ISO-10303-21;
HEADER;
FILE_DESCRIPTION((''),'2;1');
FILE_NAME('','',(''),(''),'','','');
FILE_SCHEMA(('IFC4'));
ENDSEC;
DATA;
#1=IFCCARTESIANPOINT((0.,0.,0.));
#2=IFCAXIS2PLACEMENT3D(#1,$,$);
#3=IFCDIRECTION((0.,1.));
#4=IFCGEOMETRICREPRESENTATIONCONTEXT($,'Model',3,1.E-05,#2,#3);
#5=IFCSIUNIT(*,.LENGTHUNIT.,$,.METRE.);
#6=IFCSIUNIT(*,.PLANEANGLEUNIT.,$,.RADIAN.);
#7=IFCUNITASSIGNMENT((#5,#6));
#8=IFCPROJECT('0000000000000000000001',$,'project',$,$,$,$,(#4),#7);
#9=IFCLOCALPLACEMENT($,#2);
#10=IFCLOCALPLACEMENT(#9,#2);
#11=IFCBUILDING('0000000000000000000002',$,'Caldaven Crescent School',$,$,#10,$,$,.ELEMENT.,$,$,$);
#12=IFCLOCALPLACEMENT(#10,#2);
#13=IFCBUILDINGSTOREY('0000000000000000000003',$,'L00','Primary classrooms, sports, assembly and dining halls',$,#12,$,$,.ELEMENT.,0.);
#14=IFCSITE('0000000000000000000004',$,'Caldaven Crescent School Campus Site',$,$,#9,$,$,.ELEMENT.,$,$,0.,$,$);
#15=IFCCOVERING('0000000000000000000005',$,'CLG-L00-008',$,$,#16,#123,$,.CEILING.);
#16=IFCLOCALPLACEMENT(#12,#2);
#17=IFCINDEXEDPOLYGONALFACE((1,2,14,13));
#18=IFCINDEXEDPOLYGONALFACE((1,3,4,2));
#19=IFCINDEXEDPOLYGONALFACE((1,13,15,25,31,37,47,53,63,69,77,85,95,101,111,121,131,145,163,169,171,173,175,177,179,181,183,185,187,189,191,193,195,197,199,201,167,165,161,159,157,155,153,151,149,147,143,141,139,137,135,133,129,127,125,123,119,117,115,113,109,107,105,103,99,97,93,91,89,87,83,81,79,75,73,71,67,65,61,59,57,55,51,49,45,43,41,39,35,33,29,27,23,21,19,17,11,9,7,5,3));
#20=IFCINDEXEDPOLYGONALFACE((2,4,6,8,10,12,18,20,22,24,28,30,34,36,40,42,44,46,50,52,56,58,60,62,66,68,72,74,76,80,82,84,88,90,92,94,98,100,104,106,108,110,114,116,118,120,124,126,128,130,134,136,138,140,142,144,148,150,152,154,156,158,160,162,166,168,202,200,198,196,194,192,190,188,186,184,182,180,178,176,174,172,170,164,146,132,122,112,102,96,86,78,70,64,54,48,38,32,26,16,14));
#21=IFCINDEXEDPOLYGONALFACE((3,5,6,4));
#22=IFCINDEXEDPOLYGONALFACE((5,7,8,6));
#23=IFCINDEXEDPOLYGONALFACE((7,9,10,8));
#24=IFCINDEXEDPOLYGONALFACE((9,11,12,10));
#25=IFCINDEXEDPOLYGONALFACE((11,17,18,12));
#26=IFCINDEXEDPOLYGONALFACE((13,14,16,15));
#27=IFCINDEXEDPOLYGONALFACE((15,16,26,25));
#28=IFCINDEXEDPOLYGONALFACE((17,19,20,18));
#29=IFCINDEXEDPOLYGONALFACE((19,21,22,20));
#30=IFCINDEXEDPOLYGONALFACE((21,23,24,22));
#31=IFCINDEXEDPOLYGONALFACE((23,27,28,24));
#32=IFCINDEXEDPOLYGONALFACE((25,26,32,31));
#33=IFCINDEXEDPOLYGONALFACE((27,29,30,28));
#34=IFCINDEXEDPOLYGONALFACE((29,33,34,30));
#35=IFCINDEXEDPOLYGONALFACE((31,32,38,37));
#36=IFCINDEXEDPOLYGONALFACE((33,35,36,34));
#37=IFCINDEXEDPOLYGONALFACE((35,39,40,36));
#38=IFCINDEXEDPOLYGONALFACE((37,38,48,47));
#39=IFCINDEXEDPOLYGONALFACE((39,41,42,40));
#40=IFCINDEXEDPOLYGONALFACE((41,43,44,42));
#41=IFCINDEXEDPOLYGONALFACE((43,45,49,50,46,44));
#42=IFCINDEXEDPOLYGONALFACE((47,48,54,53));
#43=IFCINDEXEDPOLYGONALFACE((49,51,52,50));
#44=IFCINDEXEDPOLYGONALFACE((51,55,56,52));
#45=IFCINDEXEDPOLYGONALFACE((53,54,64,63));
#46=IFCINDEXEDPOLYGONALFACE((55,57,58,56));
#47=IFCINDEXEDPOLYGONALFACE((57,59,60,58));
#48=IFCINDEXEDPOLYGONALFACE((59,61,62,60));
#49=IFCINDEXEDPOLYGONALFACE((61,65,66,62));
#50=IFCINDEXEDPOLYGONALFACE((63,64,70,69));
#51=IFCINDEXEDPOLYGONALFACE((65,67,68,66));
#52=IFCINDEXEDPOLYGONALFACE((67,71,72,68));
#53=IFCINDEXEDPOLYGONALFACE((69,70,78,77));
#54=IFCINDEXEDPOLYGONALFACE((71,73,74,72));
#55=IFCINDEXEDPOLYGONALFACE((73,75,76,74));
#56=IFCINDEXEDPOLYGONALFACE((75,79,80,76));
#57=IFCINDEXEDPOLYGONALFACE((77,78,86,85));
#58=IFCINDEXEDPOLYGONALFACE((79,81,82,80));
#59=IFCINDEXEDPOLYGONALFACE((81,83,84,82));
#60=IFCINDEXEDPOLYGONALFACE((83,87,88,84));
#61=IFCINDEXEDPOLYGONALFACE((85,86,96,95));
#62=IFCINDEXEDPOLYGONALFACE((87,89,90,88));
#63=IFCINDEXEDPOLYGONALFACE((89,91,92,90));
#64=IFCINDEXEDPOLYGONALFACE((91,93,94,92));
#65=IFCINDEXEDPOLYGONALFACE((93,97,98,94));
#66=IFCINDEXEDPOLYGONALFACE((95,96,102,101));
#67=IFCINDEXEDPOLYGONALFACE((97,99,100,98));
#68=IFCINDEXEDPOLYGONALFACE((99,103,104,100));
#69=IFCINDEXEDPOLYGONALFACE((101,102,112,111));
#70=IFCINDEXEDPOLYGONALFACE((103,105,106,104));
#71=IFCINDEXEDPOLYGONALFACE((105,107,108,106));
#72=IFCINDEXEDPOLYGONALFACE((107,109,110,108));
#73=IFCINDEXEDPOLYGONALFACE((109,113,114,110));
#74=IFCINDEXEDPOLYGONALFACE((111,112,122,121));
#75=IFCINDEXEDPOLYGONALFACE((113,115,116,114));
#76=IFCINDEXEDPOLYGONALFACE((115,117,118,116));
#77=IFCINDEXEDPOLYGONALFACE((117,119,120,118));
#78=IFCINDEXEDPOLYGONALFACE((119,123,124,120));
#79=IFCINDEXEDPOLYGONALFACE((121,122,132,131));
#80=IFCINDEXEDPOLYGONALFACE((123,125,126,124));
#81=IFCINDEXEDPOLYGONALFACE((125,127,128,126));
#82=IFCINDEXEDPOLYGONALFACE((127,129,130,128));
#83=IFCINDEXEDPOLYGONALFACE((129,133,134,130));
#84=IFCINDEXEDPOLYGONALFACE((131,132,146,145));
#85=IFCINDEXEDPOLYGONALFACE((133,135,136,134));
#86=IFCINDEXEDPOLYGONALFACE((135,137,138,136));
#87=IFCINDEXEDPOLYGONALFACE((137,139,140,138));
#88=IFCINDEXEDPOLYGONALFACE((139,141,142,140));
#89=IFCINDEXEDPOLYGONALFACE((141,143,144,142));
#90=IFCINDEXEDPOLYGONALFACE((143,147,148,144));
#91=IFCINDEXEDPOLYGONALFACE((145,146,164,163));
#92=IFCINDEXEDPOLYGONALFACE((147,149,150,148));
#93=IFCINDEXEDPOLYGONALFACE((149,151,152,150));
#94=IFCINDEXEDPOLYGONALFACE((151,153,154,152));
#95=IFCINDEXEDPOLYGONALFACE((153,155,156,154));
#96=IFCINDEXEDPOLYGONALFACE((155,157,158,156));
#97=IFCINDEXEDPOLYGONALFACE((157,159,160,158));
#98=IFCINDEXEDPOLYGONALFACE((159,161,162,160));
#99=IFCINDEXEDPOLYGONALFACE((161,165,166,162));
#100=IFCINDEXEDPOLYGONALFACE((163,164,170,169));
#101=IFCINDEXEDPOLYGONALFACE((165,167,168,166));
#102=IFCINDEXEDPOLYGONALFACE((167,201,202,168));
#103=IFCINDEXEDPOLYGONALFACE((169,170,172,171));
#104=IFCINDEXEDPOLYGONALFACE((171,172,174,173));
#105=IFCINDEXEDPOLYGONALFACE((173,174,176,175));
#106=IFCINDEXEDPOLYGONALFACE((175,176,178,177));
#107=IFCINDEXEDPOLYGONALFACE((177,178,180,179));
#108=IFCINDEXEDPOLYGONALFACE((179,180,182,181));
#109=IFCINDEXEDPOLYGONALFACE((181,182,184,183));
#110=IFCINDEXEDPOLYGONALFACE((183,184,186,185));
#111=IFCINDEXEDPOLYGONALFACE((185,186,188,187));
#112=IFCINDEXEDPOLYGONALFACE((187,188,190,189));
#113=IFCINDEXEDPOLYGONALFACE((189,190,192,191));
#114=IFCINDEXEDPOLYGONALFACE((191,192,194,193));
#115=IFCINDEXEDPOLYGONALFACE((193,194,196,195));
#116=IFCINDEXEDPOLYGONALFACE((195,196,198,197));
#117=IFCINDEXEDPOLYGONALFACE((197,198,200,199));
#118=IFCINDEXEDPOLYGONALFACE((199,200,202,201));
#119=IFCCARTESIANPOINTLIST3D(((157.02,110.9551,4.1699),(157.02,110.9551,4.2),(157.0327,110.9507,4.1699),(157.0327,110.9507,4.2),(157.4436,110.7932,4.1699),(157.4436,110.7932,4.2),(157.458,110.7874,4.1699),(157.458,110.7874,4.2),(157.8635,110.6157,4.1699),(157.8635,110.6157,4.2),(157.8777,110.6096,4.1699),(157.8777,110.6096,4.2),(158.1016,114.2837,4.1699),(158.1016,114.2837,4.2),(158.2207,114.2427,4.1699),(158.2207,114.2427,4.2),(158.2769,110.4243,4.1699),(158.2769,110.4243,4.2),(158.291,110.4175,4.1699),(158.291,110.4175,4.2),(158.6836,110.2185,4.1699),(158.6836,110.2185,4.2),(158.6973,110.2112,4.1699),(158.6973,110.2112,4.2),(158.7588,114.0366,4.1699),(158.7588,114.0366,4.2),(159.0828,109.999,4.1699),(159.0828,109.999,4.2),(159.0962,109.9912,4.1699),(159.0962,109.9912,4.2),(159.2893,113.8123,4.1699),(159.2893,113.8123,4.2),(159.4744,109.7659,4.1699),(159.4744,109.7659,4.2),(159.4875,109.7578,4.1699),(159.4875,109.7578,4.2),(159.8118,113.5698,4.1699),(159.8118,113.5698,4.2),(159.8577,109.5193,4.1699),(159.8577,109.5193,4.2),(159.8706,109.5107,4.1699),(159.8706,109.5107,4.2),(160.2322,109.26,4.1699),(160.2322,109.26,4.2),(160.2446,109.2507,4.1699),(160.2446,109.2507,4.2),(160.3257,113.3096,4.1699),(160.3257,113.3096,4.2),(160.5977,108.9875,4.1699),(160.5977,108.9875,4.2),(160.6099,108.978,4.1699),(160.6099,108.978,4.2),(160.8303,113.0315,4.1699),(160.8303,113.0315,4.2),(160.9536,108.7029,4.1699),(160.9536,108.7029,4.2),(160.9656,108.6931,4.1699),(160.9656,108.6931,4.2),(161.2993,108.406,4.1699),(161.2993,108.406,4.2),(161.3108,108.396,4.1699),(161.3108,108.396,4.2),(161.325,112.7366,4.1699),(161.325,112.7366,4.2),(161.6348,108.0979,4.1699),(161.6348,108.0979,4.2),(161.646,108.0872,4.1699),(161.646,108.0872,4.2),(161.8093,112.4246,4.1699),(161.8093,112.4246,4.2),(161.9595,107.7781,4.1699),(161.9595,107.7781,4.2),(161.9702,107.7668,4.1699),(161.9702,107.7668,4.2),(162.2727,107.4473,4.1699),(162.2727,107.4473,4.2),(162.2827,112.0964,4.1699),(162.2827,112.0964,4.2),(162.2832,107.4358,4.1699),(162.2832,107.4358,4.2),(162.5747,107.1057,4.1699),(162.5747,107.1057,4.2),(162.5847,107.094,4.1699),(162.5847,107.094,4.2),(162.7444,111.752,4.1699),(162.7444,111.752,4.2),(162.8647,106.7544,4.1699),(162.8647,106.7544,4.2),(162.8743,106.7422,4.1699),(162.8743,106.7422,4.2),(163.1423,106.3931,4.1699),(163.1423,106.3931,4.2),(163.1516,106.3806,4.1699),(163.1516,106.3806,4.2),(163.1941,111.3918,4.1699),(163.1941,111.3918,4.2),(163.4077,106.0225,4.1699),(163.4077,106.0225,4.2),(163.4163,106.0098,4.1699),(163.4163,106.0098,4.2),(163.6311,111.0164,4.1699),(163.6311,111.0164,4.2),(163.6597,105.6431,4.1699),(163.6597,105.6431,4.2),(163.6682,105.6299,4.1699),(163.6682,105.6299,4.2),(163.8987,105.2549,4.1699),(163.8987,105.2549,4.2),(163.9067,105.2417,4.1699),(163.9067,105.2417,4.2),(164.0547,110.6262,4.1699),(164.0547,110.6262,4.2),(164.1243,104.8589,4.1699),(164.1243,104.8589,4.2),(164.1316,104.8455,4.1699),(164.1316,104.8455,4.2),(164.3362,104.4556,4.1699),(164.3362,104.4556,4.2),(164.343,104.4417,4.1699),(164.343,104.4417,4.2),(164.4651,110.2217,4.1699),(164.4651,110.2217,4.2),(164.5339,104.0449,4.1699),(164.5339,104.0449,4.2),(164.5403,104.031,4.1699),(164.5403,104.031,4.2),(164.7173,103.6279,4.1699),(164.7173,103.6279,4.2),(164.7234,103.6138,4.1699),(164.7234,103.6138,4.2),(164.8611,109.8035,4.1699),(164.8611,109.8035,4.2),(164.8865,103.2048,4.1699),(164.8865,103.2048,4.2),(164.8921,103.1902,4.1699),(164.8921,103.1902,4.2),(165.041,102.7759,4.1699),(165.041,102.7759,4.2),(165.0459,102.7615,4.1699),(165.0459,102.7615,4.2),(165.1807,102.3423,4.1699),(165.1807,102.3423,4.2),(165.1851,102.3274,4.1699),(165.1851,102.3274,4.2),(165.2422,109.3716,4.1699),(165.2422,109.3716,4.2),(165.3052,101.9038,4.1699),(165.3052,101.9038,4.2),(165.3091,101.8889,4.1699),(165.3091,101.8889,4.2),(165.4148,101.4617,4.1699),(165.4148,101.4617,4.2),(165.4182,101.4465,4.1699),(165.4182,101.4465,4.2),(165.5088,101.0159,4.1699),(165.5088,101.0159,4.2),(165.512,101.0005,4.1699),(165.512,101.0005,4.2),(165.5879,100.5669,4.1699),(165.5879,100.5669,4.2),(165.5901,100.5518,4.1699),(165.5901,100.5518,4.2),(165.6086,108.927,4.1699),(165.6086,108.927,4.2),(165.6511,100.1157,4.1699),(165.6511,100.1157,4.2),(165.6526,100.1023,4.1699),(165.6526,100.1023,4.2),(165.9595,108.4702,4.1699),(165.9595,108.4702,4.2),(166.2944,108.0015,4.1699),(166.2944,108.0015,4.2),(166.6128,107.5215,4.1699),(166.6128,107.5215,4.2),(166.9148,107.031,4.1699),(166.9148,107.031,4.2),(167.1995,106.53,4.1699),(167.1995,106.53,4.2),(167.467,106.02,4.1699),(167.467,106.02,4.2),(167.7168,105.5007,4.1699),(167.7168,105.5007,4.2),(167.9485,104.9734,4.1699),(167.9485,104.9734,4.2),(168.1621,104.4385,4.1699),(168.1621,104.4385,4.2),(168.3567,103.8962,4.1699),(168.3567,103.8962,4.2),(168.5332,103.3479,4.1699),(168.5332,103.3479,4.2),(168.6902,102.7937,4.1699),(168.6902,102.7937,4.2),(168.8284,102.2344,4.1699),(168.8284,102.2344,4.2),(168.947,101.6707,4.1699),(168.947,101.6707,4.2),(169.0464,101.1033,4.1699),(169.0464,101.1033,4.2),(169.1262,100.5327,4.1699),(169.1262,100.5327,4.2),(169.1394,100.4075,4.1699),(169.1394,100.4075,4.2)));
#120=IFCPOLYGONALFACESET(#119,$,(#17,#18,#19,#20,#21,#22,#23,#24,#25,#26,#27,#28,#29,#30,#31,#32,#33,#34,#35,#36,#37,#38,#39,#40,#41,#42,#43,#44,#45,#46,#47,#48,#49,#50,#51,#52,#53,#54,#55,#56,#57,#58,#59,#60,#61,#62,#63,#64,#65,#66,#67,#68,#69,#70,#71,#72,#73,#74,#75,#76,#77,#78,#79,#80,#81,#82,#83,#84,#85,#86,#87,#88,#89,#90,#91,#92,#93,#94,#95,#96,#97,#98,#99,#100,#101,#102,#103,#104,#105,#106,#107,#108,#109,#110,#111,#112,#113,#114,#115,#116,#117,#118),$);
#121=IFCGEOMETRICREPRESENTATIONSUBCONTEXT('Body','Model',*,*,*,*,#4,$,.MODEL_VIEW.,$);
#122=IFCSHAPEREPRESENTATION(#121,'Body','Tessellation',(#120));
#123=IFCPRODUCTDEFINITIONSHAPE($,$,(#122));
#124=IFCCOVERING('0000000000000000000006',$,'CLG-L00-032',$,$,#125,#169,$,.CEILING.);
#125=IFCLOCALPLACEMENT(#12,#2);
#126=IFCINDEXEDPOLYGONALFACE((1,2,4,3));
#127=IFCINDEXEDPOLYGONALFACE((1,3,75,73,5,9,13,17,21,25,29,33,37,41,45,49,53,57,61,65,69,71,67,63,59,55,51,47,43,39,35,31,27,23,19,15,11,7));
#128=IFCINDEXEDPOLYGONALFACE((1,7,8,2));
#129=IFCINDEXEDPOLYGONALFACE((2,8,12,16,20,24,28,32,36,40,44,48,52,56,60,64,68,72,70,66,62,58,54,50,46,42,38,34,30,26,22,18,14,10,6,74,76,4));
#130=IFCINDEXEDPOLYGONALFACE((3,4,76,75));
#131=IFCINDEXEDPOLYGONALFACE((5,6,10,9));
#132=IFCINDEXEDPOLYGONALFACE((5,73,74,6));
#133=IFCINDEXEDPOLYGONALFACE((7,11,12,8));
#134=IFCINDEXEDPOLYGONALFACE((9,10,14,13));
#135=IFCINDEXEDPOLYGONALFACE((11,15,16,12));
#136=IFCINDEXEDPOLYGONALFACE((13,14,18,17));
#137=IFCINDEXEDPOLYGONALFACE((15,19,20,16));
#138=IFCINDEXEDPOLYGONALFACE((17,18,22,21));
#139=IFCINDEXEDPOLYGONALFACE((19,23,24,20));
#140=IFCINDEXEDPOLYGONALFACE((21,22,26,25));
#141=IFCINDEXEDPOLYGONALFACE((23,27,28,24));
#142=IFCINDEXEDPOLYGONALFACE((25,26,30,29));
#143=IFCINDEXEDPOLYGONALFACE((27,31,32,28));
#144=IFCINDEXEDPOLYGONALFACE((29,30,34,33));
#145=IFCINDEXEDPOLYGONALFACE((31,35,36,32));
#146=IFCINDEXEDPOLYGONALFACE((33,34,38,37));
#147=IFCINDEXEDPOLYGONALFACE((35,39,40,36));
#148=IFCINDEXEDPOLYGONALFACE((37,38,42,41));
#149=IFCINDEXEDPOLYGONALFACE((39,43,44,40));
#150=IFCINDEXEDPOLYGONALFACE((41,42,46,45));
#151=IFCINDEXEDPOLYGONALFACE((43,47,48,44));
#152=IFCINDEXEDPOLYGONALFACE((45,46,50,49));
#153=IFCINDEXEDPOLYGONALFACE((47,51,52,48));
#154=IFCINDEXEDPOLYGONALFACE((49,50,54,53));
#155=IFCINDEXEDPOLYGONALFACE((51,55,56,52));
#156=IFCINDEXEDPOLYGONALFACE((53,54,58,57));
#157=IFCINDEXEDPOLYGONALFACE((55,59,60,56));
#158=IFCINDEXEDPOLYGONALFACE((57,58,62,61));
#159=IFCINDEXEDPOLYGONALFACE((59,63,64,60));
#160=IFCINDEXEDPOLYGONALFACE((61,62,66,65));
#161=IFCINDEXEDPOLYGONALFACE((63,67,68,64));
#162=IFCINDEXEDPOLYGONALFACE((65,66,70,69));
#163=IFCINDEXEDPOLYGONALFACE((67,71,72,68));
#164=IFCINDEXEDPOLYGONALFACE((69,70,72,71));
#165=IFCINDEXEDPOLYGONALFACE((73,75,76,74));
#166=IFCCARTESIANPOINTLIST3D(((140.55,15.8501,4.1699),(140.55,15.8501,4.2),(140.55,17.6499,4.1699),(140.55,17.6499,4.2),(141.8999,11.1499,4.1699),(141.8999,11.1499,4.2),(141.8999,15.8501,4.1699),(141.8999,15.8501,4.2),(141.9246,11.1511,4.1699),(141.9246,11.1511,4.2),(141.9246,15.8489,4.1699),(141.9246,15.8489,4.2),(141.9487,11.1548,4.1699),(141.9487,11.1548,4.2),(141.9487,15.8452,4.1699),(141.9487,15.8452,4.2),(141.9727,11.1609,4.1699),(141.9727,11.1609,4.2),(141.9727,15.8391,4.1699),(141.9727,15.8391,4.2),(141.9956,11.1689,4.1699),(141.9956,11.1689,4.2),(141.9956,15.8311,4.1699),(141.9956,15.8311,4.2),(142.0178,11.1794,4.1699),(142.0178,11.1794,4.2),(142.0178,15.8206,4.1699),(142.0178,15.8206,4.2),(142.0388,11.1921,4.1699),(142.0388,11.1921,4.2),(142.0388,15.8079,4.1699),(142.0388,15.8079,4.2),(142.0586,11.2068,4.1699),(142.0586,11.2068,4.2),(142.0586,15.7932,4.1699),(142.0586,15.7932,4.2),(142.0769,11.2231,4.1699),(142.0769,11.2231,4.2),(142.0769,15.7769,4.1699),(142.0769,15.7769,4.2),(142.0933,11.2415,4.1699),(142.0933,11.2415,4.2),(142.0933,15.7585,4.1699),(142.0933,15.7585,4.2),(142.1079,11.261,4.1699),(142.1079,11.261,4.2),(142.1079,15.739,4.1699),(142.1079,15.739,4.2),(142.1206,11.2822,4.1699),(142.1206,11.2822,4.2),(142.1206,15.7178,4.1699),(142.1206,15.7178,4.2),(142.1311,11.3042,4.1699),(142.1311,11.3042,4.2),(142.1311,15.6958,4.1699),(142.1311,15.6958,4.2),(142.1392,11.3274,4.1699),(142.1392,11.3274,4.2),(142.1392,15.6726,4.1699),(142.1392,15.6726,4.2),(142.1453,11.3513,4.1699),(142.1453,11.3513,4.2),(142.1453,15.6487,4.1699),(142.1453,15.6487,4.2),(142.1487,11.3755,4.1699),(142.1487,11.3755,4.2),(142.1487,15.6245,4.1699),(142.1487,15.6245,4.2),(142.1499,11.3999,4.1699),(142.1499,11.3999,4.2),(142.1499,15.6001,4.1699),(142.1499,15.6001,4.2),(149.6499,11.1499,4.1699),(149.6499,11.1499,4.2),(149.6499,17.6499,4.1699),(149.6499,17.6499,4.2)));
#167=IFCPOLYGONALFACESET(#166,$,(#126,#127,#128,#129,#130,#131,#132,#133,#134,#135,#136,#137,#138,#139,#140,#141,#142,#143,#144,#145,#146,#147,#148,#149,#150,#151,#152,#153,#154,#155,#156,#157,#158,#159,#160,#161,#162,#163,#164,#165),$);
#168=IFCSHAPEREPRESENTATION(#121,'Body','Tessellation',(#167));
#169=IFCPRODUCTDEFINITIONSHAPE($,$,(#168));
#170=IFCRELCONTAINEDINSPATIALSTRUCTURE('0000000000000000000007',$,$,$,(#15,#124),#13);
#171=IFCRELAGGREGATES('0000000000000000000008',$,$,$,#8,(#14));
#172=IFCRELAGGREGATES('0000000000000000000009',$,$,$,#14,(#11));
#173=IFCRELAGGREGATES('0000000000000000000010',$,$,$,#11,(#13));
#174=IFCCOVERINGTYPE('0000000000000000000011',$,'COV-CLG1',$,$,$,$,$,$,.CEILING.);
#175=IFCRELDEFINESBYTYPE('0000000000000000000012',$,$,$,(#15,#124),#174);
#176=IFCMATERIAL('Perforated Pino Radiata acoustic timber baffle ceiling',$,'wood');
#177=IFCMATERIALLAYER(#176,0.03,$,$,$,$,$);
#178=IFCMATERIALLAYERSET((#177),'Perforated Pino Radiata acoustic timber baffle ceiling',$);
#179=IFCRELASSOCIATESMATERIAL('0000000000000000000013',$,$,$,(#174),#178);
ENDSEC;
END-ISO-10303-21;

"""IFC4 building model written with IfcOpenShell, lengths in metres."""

from ifc_helpers import new_model, si_unit, direction, frame, origin, place, context, subcontext, project, spatial, polyline, outline, extrude, material, layer, layer_set, type_object, element, save


model = new_model("IFC4")

# Units and contexts
model_context = context("Model", 3, precision=1e-05, world=origin(), true_north=direction((0.0, 1.0)))
body_context = subcontext(model_context, "Body", "Model", "MODEL_VIEW")
ifc_project = project(units=[si_unit("LENGTHUNIT", "METRE"), si_unit("PLANEANGLEUNIT", "RADIAN")], contexts=[model_context])

# Site, building, storey
site_placement = place(None, origin())
site = spatial("IfcSite", under=ifc_project, at=site_placement, Name="Caldaven Crescent School Campus Site", CompositionType="ELEMENT", RefElevation=0.0)
building_placement = place(site_placement, origin())
building = spatial("IfcBuilding", under=site, at=building_placement, Name="Caldaven Crescent School", CompositionType="ELEMENT")
storey_placement = place(building_placement, origin())
storey = spatial("IfcBuildingStorey", under=building, at=storey_placement, Name="L00", Description="Primary classrooms, sports, assembly and dining halls", CompositionType="ELEMENT", Elevation=0.0)

# Coverings
ifc_material_1 = material(Name="Perforated Pino Radiata acoustic timber baffle ceiling", Category="wood")
ifc_layer_1 = layer(ifc_material_1, 0.03)
ifc_layer_set_1 = layer_set([ifc_layer_1], Name="Perforated Pino Radiata acoustic timber baffle ceiling")
covering_type_1 = type_object("IfcCoveringType", Name="COV-CLG1", PredefinedType="CEILING", material=ifc_layer_set_1)
covering_1_placement = place(storey_placement, frame((0.0, 0.0, 4.1699)))
element("IfcCovering", 1, at=covering_1_placement, inside=storey, type_object=covering_type_1, Name="CLG-L00-008", PredefinedType="CEILING", context=body_context, shape_type="SweptSolid", body=[
    extrude(outline(polyline([(158.1016, 114.2837), (158.2207, 114.2427), (158.7588, 114.0366), (159.2893, 113.8123), (159.8118, 113.5698), (160.3257, 113.3096), (160.8303, 113.0315), (161.325, 112.7366), (161.8093, 112.4246), (162.2827, 112.0964), (162.7444, 111.752), (163.1941, 111.3918), (163.6311, 111.0164), (164.0547, 110.6262), (164.4651, 110.2217), (164.8611, 109.8035), (165.2422, 109.3716), (165.6086, 108.927), (165.9595, 108.4702), (166.2944, 108.0015), (166.6128, 107.5215), (166.9148, 107.031), (167.1995, 106.53), (167.467, 106.02), (167.7168, 105.5007), (167.9485, 104.9734), (168.1621, 104.4385), (168.3567, 103.8962), (168.5332, 103.3479), (168.6902, 102.7937), (168.8284, 102.2344), (168.947, 101.6707), (169.0464, 101.1033), (169.1262, 100.5327), (169.1394, 100.4075), (165.6526, 100.1023), (165.6511, 100.1157), (165.5901, 100.5518), (165.5879, 100.5669), (165.512, 101.0005), (165.5088, 101.0159), (165.4182, 101.4465), (165.4148, 101.4617), (165.3091, 101.8889), (165.3052, 101.9038), (165.1851, 102.3274), (165.1807, 102.3423), (165.0459, 102.7615), (165.041, 102.7759), (164.8921, 103.1902), (164.8865, 103.2048), (164.7234, 103.6138), (164.7173, 103.6279), (164.5403, 104.031), (164.5339, 104.0449), (164.343, 104.4417), (164.3362, 104.4556), (164.1316, 104.8455), (164.1243, 104.8589), (163.9067, 105.2417), (163.8987, 105.2549), (163.6682, 105.6299), (163.6597, 105.6431), (163.4163, 106.0098), (163.4077, 106.0225), (163.1516, 106.3806), (163.1423, 106.3931), (162.8743, 106.7422), (162.8647, 106.7544), (162.5847, 107.094), (162.5747, 107.1057), (162.2832, 107.4358), (162.2727, 107.4473), (161.9702, 107.7668), (161.9595, 107.7781), (161.646, 108.0872), (161.6348, 108.0979), (161.3108, 108.396), (161.2993, 108.406), (160.9656, 108.6931), (160.9536, 108.7029), (160.6099, 108.978), (160.5977, 108.9875), (160.2446, 109.2507), (160.2322, 109.26), (159.8706, 109.5107), (159.8577, 109.5193), (159.4875, 109.7578), (159.4744, 109.7659), (159.0962, 109.9912), (159.0828, 109.999), (158.6973, 110.2112), (158.6836, 110.2185), (158.291, 110.4175), (158.2769, 110.4243), (157.8777, 110.6096), (157.8635, 110.6157), (157.458, 110.7874), (157.4436, 110.7932), (157.0327, 110.9507), (157.02, 110.9551), (158.1016, 114.2837)])), origin(), (0.0, 0.0, 1.0), 0.03),
])
covering_2_placement = place(storey_placement, frame((0.0, 0.0, 4.1699)))
element("IfcCovering", 2, at=covering_2_placement, inside=storey, type_object=covering_type_1, Name="CLG-L00-032", PredefinedType="CEILING", context=body_context, shape_type="SweptSolid", body=[
    extrude(outline(polyline([(149.6499, 17.6499), (149.6499, 11.1499), (140.55, 11.1499), (140.55, 11.1499), (141.8999, 11.1499), (141.9246, 11.1511), (141.9487, 11.1548), (141.9727, 11.1609), (141.9956, 11.1689), (142.0178, 11.1794), (142.0388, 11.1921), (142.0586, 11.2068), (142.0769, 11.2231), (142.0933, 11.2415), (142.1079, 11.261), (142.1206, 11.2822), (142.1311, 11.3042), (142.1392, 11.3274), (142.1453, 11.3513), (142.1487, 11.3755), (142.1499, 11.3999), (142.1499, 15.6001), (142.1487, 15.6245), (142.1453, 15.6487), (142.1392, 15.6726), (142.1311, 15.6958), (142.1206, 15.7178), (142.1079, 15.739), (142.0933, 15.7585), (142.0769, 15.7769), (142.0586, 15.7932), (142.0388, 15.8079), (142.0178, 15.8206), (141.9956, 15.8311), (141.9727, 15.8391), (141.9487, 15.8452), (141.9246, 15.8489), (141.8999, 15.8501), (140.55, 15.8501), (140.55, 17.6499), (149.6499, 17.6499)])), origin(), (0.0, 0.0, 1.0), 0.03),
])

save(model, "model.ifc")
